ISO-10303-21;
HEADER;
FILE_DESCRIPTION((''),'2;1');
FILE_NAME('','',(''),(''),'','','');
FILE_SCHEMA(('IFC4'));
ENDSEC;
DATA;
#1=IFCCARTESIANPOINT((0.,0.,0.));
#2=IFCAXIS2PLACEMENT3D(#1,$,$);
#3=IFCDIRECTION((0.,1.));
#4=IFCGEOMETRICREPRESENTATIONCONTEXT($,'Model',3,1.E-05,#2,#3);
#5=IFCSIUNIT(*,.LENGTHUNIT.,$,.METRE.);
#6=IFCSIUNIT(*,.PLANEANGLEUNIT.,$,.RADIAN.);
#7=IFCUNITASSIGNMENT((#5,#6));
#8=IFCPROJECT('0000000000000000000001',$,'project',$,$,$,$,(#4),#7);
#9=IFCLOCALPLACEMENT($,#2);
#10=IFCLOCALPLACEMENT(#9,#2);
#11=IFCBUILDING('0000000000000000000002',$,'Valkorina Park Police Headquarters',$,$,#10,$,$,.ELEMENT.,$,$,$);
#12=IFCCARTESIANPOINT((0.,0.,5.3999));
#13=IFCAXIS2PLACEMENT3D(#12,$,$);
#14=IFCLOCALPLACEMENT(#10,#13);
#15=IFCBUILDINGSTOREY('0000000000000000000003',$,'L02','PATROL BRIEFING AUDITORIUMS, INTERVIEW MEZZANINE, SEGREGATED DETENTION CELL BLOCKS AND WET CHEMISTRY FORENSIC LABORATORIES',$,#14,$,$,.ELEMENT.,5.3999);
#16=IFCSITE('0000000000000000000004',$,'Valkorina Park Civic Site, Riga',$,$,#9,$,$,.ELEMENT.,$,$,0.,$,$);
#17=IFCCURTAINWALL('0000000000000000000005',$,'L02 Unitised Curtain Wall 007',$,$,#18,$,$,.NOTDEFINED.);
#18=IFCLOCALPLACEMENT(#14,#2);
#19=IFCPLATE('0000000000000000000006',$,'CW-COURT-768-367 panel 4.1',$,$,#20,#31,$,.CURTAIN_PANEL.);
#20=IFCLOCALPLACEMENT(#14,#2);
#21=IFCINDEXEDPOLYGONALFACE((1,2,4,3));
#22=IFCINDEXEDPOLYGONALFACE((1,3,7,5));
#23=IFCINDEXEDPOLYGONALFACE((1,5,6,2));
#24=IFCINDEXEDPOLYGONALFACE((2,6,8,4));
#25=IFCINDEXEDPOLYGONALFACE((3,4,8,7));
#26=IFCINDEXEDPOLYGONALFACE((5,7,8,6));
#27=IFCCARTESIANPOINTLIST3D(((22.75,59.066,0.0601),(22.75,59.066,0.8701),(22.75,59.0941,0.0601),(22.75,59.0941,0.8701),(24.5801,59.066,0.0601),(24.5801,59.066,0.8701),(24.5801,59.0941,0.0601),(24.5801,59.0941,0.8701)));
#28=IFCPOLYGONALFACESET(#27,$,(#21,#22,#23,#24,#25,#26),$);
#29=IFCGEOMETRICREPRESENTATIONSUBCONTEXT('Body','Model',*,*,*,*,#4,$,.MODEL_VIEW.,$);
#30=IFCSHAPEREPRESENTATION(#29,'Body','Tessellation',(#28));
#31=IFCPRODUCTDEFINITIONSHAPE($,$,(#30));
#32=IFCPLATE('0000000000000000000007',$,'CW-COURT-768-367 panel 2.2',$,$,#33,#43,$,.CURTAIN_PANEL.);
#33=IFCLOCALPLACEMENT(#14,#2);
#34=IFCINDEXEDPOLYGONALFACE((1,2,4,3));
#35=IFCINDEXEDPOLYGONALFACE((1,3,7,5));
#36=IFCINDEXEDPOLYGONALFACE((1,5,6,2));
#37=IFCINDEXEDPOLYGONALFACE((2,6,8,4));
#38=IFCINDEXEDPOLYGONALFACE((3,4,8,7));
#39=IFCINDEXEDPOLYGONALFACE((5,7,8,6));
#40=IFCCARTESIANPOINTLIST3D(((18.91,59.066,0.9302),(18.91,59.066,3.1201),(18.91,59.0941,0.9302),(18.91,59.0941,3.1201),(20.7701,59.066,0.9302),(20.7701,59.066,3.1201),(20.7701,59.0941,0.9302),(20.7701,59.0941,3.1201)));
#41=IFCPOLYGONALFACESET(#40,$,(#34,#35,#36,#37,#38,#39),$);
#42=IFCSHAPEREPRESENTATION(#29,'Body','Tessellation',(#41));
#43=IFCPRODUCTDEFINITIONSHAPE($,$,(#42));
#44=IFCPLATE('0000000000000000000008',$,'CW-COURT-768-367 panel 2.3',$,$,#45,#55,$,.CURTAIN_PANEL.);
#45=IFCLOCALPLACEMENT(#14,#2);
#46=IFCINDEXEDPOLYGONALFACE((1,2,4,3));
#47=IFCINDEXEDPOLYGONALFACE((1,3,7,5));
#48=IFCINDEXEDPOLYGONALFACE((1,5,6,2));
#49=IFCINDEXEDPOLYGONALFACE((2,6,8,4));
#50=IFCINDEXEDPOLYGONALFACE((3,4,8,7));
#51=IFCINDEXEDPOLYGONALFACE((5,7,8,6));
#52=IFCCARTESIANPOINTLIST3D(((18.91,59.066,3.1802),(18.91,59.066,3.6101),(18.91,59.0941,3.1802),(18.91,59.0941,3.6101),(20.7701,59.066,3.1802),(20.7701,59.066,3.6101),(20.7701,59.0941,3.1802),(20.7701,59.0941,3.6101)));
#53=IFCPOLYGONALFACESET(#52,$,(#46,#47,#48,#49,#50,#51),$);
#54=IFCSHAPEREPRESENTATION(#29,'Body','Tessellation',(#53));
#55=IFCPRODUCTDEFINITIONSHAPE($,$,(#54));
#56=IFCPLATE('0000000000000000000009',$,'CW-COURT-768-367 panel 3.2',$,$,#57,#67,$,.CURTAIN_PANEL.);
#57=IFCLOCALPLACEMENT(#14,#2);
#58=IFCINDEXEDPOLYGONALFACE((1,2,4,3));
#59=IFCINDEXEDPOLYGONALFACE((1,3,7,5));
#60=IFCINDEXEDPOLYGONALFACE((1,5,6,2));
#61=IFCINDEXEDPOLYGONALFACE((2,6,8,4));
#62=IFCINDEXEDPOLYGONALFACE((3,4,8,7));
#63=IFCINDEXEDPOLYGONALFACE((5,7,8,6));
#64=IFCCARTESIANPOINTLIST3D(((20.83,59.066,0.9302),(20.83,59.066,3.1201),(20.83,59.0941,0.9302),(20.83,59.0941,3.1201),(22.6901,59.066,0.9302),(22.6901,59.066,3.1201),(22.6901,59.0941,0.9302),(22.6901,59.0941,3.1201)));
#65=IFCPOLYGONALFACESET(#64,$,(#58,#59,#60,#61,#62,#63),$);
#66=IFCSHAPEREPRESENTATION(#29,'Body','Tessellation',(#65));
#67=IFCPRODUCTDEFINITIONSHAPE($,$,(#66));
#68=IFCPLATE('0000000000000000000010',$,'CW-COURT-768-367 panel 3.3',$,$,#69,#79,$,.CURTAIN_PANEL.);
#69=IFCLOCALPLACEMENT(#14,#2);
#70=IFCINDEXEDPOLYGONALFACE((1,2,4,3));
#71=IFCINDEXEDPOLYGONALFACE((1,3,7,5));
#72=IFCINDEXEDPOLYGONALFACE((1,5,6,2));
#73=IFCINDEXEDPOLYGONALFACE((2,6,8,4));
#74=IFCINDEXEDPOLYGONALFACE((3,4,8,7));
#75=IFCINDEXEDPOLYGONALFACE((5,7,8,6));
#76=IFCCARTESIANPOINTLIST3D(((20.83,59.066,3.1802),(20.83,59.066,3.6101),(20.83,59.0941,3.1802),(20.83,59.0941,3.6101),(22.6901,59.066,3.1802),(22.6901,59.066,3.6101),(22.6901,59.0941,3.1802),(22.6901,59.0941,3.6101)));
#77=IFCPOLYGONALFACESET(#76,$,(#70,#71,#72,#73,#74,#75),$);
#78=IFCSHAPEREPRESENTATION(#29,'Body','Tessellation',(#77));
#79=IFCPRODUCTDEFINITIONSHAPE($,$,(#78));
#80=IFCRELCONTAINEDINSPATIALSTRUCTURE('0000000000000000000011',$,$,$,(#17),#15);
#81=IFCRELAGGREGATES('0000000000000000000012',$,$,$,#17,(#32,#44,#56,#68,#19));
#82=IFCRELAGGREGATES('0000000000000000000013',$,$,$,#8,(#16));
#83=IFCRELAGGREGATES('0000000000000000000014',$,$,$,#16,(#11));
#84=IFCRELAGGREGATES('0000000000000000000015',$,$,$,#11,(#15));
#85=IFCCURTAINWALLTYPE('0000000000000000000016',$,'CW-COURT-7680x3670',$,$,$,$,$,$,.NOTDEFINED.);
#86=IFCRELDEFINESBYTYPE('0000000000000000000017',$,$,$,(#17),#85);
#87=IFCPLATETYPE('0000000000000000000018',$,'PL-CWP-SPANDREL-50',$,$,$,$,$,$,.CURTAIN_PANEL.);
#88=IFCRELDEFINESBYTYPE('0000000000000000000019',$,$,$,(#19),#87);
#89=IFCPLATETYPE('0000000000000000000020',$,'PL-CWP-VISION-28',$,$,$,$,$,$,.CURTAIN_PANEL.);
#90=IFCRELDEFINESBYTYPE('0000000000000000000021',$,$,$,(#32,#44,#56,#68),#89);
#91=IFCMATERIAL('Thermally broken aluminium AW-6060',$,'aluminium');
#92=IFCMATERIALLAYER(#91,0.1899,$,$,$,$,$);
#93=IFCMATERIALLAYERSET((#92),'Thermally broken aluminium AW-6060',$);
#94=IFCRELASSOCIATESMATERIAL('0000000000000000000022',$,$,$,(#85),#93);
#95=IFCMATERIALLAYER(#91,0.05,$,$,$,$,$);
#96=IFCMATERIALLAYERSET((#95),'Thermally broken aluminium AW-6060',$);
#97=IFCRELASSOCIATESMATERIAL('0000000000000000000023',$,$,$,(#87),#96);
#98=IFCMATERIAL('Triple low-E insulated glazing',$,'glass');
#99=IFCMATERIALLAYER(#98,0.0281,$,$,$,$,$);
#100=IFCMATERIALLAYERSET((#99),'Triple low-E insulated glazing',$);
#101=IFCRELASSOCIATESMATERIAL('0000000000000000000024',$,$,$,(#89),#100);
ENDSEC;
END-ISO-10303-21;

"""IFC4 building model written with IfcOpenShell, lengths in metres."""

from ifc_helpers import new_model, si_unit, direction, frame, origin, origin_2d, place, context, subcontext, project, spatial, rectangle, extrude, material, layer, layer_set, type_object, element, aggregate, save


model = new_model("IFC4")

# Units and contexts
model_context = context("Model", 3, precision=1e-05, world=origin(), true_north=direction((0.0, 1.0)))
body_context = subcontext(model_context, "Body", "Model", "MODEL_VIEW")
ifc_project = project(units=[si_unit("LENGTHUNIT", "METRE"), si_unit("PLANEANGLEUNIT", "RADIAN")], contexts=[model_context])

# Site, building, storey
site_placement = place(None, origin())
site = spatial("IfcSite", under=ifc_project, at=site_placement, Name="Valkorina Park Civic Site, Riga", CompositionType="ELEMENT", RefElevation=0.0)
building_placement = place(site_placement, origin())
building = spatial("IfcBuilding", under=site, at=building_placement, Name="Valkorina Park Police Headquarters", CompositionType="ELEMENT")
storey_placement = place(building_placement, frame((0.0, 0.0, 5.3999)))
storey = spatial("IfcBuildingStorey", under=building, at=storey_placement, Name="L02", Description="PATROL BRIEFING AUDITORIUMS, INTERVIEW MEZZANINE, SEGREGATED DETENTION CELL BLOCKS AND WET CHEMISTRY FORENSIC LABORATORIES", CompositionType="ELEMENT", Elevation=5.3999)

# Curtain wall, plates
ifc_material_1 = material(Name="Thermally broken aluminium AW-6060", Category="aluminium")
ifc_layer_1 = layer(ifc_material_1, 0.1899)
ifc_layer_set_1 = layer_set([ifc_layer_1], Name="Thermally broken aluminium AW-6060")
curtain_wall_type = type_object("IfcCurtainWallType", Name="CW-COURT-7680x3670", PredefinedType="NOTDEFINED", material=ifc_layer_set_1)
curtain_wall_placement = place(storey_placement, origin())
curtain_wall = element("IfcCurtainWall", 1, at=curtain_wall_placement, inside=storey, type_object=curtain_wall_type, Name="L02 Unitised Curtain Wall 007", PredefinedType="NOTDEFINED")
ifc_layer_2 = layer(ifc_material_1, 0.05)
ifc_layer_set_2 = layer_set([ifc_layer_2], Name="Thermally broken aluminium AW-6060")
plate_type_1 = type_object("IfcPlateType", Name="PL-CWP-SPANDREL-50", PredefinedType="CURTAIN_PANEL", material=ifc_layer_set_2)
plate_1_placement = place(storey_placement, frame((23.665, 59.0801, 0.0601), z_axis=(0.0, 0.0, 1.0), x_axis=(1.0, 0.0, 0.0)))
plate_1 = element("IfcPlate", 2, at=plate_1_placement, type_object=plate_type_1, Name="CW-COURT-768-367 panel 4.1", PredefinedType="CURTAIN_PANEL", context=body_context, shape_type="SweptSolid", body=[
    extrude(rectangle(XDim=1.8301, YDim=0.0281, at=origin_2d()), origin(), (0.0, 0.0, 1.0), 0.8101),
])
ifc_material_2 = material(Name="Triple low-E insulated glazing", Category="glass")
ifc_layer_3 = layer(ifc_material_2, 0.0281)
ifc_layer_set_3 = layer_set([ifc_layer_3], Name="Triple low-E insulated glazing")
plate_type_2 = type_object("IfcPlateType", Name="PL-CWP-VISION-28", PredefinedType="CURTAIN_PANEL", material=ifc_layer_set_3)
plate_2_placement = place(storey_placement, frame((19.8401, 59.0801, 0.9302), z_axis=(0.0, 0.0, 1.0), x_axis=(1.0, 0.0, 0.0)))
plate_2 = element("IfcPlate", 3, at=plate_2_placement, type_object=plate_type_2, Name="CW-COURT-768-367 panel 2.2", PredefinedType="CURTAIN_PANEL", context=body_context, shape_type="SweptSolid", body=[
    extrude(rectangle(XDim=1.8601, YDim=0.0281, at=origin_2d()), origin(), (0.0, 0.0, 1.0), 2.1899),
])
plate_3_placement = place(storey_placement, frame((19.8401, 59.0801, 3.1802), z_axis=(0.0, 0.0, 1.0), x_axis=(1.0, 0.0, 0.0)))
plate_3 = element("IfcPlate", 4, at=plate_3_placement, type_object=plate_type_2, Name="CW-COURT-768-367 panel 2.3", PredefinedType="CURTAIN_PANEL", context=body_context, shape_type="SweptSolid", body=[
    extrude(rectangle(XDim=1.8601, YDim=0.0281, at=origin_2d()), origin(), (0.0, 0.0, 1.0), 0.4299),
])
plate_4_placement = place(storey_placement, frame((21.76, 59.0801, 0.9302), z_axis=(0.0, 0.0, 1.0), x_axis=(1.0, 0.0, 0.0)))
plate_4 = element("IfcPlate", 5, at=plate_4_placement, type_object=plate_type_2, Name="CW-COURT-768-367 panel 3.2", PredefinedType="CURTAIN_PANEL", context=body_context, shape_type="SweptSolid", body=[
    extrude(rectangle(XDim=1.8601, YDim=0.0281, at=origin_2d()), origin(), (0.0, 0.0, 1.0), 2.1899),
])
plate_5_placement = place(storey_placement, frame((21.76, 59.0801, 3.1802), z_axis=(0.0, 0.0, 1.0), x_axis=(1.0, 0.0, 0.0)))
plate_5 = element("IfcPlate", 6, at=plate_5_placement, type_object=plate_type_2, Name="CW-COURT-768-367 panel 3.3", PredefinedType="CURTAIN_PANEL", context=body_context, shape_type="SweptSolid", body=[
    extrude(rectangle(XDim=1.8601, YDim=0.0281, at=origin_2d()), origin(), (0.0, 0.0, 1.0), 0.4299),
])
aggregate(curtain_wall, [plate_2, plate_3, plate_4, plate_5, plate_1])

save(model, "model.ifc")
